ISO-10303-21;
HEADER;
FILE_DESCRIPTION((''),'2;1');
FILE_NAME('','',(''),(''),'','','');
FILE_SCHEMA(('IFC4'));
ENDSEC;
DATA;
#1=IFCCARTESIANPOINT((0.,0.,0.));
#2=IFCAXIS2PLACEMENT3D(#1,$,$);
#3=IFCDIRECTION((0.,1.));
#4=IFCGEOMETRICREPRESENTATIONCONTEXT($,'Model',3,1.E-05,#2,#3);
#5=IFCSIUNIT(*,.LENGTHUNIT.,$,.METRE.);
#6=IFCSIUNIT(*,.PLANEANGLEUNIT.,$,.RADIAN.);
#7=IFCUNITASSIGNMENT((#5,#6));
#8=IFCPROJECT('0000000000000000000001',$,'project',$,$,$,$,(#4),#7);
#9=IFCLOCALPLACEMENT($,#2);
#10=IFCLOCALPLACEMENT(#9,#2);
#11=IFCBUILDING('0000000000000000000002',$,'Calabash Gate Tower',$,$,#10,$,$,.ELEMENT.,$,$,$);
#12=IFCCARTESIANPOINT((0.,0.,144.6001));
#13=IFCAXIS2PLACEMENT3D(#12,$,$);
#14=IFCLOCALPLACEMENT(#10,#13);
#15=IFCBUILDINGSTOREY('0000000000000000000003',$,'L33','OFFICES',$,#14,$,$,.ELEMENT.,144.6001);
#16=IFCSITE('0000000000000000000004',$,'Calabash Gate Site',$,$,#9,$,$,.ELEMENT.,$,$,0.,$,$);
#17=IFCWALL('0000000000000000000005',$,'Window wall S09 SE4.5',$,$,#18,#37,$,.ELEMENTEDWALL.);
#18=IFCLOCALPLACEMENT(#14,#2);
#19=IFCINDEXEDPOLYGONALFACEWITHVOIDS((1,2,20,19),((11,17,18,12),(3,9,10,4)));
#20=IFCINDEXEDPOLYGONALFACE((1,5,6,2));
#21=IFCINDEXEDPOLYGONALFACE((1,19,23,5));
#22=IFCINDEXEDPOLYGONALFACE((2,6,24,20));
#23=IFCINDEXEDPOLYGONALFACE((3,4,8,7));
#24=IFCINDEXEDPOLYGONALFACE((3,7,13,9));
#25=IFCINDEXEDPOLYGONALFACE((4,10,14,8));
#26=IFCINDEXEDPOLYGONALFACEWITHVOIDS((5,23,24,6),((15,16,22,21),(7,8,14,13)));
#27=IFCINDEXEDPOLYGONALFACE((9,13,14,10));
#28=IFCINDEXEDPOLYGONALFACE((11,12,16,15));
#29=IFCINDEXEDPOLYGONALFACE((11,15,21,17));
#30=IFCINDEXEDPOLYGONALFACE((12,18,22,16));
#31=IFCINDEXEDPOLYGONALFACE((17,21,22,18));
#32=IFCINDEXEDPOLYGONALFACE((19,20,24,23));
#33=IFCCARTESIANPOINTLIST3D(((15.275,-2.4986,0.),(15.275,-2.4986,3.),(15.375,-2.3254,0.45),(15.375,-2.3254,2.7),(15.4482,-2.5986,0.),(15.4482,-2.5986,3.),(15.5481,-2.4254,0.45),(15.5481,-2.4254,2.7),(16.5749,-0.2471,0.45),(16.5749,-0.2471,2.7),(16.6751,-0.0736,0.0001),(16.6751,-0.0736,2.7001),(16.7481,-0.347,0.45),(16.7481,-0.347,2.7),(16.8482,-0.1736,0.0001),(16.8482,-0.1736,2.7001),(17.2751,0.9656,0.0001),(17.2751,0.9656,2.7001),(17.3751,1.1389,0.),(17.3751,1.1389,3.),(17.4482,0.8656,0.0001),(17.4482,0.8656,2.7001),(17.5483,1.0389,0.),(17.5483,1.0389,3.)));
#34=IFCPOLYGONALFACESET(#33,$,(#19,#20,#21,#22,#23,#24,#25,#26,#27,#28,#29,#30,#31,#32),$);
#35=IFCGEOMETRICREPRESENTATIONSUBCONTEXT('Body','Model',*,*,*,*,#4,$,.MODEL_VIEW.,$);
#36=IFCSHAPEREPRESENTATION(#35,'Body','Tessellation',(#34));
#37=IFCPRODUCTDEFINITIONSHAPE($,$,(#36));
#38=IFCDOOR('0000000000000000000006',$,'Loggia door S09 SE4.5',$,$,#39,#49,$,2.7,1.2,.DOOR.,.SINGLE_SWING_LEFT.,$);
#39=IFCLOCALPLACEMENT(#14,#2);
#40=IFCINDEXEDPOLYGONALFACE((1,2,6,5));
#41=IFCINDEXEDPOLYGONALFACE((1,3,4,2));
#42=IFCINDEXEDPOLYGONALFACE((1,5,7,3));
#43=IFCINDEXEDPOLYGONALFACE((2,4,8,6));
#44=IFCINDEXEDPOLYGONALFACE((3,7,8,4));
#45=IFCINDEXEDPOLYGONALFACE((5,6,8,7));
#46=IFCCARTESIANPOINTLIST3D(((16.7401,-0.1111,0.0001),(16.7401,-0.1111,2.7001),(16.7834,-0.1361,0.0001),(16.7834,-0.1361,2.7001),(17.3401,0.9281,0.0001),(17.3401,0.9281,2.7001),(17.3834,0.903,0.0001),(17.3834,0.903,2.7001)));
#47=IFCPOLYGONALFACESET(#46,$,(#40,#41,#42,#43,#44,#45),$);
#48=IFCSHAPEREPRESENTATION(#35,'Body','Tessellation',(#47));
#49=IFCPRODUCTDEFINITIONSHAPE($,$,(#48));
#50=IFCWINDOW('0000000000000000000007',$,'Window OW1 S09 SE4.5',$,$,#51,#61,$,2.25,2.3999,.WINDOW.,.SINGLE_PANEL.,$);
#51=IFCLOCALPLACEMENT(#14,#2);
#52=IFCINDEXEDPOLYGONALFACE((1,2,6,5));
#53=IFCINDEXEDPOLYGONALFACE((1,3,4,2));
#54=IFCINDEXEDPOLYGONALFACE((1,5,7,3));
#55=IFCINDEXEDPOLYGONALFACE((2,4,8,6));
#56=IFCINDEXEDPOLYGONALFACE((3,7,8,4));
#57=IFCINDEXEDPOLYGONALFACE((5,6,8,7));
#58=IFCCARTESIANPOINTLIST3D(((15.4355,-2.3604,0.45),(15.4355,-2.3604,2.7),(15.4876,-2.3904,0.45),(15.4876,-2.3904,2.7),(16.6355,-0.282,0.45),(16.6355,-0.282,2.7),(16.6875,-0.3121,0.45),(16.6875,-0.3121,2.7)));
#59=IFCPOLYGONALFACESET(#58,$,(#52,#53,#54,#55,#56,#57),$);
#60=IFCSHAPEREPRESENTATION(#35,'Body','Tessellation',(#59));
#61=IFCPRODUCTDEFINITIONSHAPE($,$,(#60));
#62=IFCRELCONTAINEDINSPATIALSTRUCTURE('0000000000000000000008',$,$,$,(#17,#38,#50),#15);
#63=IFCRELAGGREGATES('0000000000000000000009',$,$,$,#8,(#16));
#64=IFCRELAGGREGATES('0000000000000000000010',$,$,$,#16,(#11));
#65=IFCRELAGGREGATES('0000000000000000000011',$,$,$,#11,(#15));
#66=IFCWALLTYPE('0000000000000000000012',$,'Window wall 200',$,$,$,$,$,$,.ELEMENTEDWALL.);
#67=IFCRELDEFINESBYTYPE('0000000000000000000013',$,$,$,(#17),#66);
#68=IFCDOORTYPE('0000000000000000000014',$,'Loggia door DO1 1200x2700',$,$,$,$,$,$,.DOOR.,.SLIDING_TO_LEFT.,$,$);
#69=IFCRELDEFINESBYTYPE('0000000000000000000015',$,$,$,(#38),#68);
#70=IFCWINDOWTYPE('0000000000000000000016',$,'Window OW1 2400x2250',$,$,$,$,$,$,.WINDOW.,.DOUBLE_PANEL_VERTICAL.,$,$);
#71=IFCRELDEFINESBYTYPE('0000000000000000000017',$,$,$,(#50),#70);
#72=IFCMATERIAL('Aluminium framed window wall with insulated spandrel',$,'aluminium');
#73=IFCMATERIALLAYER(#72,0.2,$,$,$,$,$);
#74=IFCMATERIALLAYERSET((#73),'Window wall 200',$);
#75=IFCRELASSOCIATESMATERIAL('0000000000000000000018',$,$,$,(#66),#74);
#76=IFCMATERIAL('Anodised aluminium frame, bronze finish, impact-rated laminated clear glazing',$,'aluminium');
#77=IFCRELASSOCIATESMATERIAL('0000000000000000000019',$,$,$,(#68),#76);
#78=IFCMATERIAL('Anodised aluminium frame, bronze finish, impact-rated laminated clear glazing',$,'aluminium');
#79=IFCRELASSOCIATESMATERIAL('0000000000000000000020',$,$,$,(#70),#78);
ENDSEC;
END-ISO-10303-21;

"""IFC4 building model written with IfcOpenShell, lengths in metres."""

from ifc_helpers import new_model, si_unit, direction, frame, frame_2d, origin, place, context, subcontext, project, spatial, rectangle, extrude, material, layer, layer_set, type_object, element, fill, save


model = new_model("IFC4")

# Units and contexts
model_context = context("Model", 3, precision=1e-05, world=origin(), true_north=direction((0.0, 1.0)))
body_context = subcontext(model_context, "Body", "Model", "MODEL_VIEW")
ifc_project = project(units=[si_unit("LENGTHUNIT", "METRE"), si_unit("PLANEANGLEUNIT", "RADIAN")], contexts=[model_context])

# Site, building, storey
site_placement = place(None, origin())
site = spatial("IfcSite", under=ifc_project, at=site_placement, Name="Calabash Gate Site", CompositionType="ELEMENT", RefElevation=0.0)
building_placement = place(site_placement, origin())
building = spatial("IfcBuilding", under=site, at=building_placement, Name="Calabash Gate Tower", CompositionType="ELEMENT")
storey_placement = place(building_placement, frame((0.0, 0.0, 144.6001)))
storey = spatial("IfcBuildingStorey", under=building, at=storey_placement, Name="L33", Description="OFFICES", CompositionType="ELEMENT", Elevation=144.6001)

# Shared definitions
ifc_material_1 = material(Name="Aluminium framed window wall with insulated spandrel", Category="aluminium")
ifc_layer_1 = layer(ifc_material_1, 0.2)
ifc_layer_set_1 = layer_set([ifc_layer_1], Name="Window wall 200")
wall_type_1 = type_object("IfcWallType", Name="Window wall 200", PredefinedType="ELEMENTEDWALL", material=ifc_layer_set_1)

# Wall, openings, door, window
wall_1_placement = place(storey_placement, frame((15.3616, -2.5486, 0.0), z_axis=(0.0, 0.0, 1.0), x_axis=(0.500003, 0.866024, 0.0)))
wall_1 = element("IfcWall", 1, at=wall_1_placement, inside=storey, type_object=wall_type_1, Name="Window wall S09 SE4.5", PredefinedType="ELEMENTEDWALL", context=body_context, shape_type="SweptSolid", body=[
    extrude(rectangle(XDim=4.2002, YDim=0.2, at=frame_2d((2.1001, 0.0))), origin(), (0.0, 0.0, 1.0), 3.0),
])
opening_1_placement = place(wall_1_placement, frame((0.2, 0.0, 0.45)))
opening_1 = element("IfcOpeningElement", 2, at=opening_1_placement, cuts=wall_1, PredefinedType="OPENING", context=body_context, shape_type="SweptSolid", body=[
    extrude(rectangle(XDim=2.3999, YDim=2.25, at=frame_2d((1.2, 1.125))), frame((0.0, 0.1099, 0.0), z_axis=(0.0, -1.0, 0.0), x_axis=(1.0, 0.0, 0.0)), (0.0, 0.0, 1.0), 0.22),
])
opening_2_placement = place(wall_1_placement, frame((2.8, 0.0, 0.0)))
opening_2 = element("IfcOpeningElement", 3, at=opening_2_placement, cuts=wall_1, PredefinedType="OPENING", context=body_context, shape_type="SweptSolid", body=[
    extrude(rectangle(XDim=1.2, YDim=2.7, at=frame_2d((0.6001, 1.3501))), frame((0.0, 0.1099, 0.0), z_axis=(0.0, -1.0, 0.0), x_axis=(1.0, 0.0, 0.0)), (0.0, 0.0, 1.0), 0.22),
])
ifc_material_2 = material(Name="Anodised aluminium frame, bronze finish, impact-rated laminated clear glazing", Category="aluminium")
door_type_1 = type_object("IfcDoorType", Name="Loggia door DO1 1200x2700", OperationType="SLIDING_TO_LEFT", PredefinedType="DOOR", material=ifc_material_2)
door_1_placement = place(opening_2_placement, origin())
door_1 = element("IfcDoor", 4, at=door_1_placement, inside=storey, type_object=door_type_1, Name="Loggia door S09 SE4.5", OperationType="SINGLE_SWING_LEFT", OverallHeight=2.7, OverallWidth=1.2, PredefinedType="DOOR", context=body_context, shape_type="SweptSolid", body=[
    extrude(rectangle(XDim=1.2, YDim=2.7, at=frame_2d((0.6001, 1.3501))), frame((0.0, 0.0249, 0.0), z_axis=(0.0, -1.0, 0.0), x_axis=(1.0, 0.0, 0.0)), (0.0, 0.0, 1.0), 0.05),
])
fill(opening_2, door_1)
ifc_material_3 = material(Name="Anodised aluminium frame, bronze finish, impact-rated laminated clear glazing", Category="aluminium")
window_type = type_object("IfcWindowType", Name="Window OW1 2400x2250", PartitioningType="DOUBLE_PANEL_VERTICAL", PredefinedType="WINDOW", material=ifc_material_3)
window_placement = place(opening_1_placement, origin())
window = element("IfcWindow", 5, at=window_placement, inside=storey, type_object=window_type, Name="Window OW1 S09 SE4.5", OverallHeight=2.25, OverallWidth=2.3999, PartitioningType="SINGLE_PANEL", PredefinedType="WINDOW", context=body_context, shape_type="SweptSolid", body=[
    extrude(rectangle(XDim=2.3999, YDim=2.25, at=frame_2d((1.2, 1.125))), frame((0.0, 0.03, 0.0), z_axis=(0.0, -1.0, 0.0), x_axis=(1.0, 0.0, 0.0)), (0.0, 0.0, 1.0), 0.0601),
])
fill(opening_1, window)

save(model, "model.ifc")
